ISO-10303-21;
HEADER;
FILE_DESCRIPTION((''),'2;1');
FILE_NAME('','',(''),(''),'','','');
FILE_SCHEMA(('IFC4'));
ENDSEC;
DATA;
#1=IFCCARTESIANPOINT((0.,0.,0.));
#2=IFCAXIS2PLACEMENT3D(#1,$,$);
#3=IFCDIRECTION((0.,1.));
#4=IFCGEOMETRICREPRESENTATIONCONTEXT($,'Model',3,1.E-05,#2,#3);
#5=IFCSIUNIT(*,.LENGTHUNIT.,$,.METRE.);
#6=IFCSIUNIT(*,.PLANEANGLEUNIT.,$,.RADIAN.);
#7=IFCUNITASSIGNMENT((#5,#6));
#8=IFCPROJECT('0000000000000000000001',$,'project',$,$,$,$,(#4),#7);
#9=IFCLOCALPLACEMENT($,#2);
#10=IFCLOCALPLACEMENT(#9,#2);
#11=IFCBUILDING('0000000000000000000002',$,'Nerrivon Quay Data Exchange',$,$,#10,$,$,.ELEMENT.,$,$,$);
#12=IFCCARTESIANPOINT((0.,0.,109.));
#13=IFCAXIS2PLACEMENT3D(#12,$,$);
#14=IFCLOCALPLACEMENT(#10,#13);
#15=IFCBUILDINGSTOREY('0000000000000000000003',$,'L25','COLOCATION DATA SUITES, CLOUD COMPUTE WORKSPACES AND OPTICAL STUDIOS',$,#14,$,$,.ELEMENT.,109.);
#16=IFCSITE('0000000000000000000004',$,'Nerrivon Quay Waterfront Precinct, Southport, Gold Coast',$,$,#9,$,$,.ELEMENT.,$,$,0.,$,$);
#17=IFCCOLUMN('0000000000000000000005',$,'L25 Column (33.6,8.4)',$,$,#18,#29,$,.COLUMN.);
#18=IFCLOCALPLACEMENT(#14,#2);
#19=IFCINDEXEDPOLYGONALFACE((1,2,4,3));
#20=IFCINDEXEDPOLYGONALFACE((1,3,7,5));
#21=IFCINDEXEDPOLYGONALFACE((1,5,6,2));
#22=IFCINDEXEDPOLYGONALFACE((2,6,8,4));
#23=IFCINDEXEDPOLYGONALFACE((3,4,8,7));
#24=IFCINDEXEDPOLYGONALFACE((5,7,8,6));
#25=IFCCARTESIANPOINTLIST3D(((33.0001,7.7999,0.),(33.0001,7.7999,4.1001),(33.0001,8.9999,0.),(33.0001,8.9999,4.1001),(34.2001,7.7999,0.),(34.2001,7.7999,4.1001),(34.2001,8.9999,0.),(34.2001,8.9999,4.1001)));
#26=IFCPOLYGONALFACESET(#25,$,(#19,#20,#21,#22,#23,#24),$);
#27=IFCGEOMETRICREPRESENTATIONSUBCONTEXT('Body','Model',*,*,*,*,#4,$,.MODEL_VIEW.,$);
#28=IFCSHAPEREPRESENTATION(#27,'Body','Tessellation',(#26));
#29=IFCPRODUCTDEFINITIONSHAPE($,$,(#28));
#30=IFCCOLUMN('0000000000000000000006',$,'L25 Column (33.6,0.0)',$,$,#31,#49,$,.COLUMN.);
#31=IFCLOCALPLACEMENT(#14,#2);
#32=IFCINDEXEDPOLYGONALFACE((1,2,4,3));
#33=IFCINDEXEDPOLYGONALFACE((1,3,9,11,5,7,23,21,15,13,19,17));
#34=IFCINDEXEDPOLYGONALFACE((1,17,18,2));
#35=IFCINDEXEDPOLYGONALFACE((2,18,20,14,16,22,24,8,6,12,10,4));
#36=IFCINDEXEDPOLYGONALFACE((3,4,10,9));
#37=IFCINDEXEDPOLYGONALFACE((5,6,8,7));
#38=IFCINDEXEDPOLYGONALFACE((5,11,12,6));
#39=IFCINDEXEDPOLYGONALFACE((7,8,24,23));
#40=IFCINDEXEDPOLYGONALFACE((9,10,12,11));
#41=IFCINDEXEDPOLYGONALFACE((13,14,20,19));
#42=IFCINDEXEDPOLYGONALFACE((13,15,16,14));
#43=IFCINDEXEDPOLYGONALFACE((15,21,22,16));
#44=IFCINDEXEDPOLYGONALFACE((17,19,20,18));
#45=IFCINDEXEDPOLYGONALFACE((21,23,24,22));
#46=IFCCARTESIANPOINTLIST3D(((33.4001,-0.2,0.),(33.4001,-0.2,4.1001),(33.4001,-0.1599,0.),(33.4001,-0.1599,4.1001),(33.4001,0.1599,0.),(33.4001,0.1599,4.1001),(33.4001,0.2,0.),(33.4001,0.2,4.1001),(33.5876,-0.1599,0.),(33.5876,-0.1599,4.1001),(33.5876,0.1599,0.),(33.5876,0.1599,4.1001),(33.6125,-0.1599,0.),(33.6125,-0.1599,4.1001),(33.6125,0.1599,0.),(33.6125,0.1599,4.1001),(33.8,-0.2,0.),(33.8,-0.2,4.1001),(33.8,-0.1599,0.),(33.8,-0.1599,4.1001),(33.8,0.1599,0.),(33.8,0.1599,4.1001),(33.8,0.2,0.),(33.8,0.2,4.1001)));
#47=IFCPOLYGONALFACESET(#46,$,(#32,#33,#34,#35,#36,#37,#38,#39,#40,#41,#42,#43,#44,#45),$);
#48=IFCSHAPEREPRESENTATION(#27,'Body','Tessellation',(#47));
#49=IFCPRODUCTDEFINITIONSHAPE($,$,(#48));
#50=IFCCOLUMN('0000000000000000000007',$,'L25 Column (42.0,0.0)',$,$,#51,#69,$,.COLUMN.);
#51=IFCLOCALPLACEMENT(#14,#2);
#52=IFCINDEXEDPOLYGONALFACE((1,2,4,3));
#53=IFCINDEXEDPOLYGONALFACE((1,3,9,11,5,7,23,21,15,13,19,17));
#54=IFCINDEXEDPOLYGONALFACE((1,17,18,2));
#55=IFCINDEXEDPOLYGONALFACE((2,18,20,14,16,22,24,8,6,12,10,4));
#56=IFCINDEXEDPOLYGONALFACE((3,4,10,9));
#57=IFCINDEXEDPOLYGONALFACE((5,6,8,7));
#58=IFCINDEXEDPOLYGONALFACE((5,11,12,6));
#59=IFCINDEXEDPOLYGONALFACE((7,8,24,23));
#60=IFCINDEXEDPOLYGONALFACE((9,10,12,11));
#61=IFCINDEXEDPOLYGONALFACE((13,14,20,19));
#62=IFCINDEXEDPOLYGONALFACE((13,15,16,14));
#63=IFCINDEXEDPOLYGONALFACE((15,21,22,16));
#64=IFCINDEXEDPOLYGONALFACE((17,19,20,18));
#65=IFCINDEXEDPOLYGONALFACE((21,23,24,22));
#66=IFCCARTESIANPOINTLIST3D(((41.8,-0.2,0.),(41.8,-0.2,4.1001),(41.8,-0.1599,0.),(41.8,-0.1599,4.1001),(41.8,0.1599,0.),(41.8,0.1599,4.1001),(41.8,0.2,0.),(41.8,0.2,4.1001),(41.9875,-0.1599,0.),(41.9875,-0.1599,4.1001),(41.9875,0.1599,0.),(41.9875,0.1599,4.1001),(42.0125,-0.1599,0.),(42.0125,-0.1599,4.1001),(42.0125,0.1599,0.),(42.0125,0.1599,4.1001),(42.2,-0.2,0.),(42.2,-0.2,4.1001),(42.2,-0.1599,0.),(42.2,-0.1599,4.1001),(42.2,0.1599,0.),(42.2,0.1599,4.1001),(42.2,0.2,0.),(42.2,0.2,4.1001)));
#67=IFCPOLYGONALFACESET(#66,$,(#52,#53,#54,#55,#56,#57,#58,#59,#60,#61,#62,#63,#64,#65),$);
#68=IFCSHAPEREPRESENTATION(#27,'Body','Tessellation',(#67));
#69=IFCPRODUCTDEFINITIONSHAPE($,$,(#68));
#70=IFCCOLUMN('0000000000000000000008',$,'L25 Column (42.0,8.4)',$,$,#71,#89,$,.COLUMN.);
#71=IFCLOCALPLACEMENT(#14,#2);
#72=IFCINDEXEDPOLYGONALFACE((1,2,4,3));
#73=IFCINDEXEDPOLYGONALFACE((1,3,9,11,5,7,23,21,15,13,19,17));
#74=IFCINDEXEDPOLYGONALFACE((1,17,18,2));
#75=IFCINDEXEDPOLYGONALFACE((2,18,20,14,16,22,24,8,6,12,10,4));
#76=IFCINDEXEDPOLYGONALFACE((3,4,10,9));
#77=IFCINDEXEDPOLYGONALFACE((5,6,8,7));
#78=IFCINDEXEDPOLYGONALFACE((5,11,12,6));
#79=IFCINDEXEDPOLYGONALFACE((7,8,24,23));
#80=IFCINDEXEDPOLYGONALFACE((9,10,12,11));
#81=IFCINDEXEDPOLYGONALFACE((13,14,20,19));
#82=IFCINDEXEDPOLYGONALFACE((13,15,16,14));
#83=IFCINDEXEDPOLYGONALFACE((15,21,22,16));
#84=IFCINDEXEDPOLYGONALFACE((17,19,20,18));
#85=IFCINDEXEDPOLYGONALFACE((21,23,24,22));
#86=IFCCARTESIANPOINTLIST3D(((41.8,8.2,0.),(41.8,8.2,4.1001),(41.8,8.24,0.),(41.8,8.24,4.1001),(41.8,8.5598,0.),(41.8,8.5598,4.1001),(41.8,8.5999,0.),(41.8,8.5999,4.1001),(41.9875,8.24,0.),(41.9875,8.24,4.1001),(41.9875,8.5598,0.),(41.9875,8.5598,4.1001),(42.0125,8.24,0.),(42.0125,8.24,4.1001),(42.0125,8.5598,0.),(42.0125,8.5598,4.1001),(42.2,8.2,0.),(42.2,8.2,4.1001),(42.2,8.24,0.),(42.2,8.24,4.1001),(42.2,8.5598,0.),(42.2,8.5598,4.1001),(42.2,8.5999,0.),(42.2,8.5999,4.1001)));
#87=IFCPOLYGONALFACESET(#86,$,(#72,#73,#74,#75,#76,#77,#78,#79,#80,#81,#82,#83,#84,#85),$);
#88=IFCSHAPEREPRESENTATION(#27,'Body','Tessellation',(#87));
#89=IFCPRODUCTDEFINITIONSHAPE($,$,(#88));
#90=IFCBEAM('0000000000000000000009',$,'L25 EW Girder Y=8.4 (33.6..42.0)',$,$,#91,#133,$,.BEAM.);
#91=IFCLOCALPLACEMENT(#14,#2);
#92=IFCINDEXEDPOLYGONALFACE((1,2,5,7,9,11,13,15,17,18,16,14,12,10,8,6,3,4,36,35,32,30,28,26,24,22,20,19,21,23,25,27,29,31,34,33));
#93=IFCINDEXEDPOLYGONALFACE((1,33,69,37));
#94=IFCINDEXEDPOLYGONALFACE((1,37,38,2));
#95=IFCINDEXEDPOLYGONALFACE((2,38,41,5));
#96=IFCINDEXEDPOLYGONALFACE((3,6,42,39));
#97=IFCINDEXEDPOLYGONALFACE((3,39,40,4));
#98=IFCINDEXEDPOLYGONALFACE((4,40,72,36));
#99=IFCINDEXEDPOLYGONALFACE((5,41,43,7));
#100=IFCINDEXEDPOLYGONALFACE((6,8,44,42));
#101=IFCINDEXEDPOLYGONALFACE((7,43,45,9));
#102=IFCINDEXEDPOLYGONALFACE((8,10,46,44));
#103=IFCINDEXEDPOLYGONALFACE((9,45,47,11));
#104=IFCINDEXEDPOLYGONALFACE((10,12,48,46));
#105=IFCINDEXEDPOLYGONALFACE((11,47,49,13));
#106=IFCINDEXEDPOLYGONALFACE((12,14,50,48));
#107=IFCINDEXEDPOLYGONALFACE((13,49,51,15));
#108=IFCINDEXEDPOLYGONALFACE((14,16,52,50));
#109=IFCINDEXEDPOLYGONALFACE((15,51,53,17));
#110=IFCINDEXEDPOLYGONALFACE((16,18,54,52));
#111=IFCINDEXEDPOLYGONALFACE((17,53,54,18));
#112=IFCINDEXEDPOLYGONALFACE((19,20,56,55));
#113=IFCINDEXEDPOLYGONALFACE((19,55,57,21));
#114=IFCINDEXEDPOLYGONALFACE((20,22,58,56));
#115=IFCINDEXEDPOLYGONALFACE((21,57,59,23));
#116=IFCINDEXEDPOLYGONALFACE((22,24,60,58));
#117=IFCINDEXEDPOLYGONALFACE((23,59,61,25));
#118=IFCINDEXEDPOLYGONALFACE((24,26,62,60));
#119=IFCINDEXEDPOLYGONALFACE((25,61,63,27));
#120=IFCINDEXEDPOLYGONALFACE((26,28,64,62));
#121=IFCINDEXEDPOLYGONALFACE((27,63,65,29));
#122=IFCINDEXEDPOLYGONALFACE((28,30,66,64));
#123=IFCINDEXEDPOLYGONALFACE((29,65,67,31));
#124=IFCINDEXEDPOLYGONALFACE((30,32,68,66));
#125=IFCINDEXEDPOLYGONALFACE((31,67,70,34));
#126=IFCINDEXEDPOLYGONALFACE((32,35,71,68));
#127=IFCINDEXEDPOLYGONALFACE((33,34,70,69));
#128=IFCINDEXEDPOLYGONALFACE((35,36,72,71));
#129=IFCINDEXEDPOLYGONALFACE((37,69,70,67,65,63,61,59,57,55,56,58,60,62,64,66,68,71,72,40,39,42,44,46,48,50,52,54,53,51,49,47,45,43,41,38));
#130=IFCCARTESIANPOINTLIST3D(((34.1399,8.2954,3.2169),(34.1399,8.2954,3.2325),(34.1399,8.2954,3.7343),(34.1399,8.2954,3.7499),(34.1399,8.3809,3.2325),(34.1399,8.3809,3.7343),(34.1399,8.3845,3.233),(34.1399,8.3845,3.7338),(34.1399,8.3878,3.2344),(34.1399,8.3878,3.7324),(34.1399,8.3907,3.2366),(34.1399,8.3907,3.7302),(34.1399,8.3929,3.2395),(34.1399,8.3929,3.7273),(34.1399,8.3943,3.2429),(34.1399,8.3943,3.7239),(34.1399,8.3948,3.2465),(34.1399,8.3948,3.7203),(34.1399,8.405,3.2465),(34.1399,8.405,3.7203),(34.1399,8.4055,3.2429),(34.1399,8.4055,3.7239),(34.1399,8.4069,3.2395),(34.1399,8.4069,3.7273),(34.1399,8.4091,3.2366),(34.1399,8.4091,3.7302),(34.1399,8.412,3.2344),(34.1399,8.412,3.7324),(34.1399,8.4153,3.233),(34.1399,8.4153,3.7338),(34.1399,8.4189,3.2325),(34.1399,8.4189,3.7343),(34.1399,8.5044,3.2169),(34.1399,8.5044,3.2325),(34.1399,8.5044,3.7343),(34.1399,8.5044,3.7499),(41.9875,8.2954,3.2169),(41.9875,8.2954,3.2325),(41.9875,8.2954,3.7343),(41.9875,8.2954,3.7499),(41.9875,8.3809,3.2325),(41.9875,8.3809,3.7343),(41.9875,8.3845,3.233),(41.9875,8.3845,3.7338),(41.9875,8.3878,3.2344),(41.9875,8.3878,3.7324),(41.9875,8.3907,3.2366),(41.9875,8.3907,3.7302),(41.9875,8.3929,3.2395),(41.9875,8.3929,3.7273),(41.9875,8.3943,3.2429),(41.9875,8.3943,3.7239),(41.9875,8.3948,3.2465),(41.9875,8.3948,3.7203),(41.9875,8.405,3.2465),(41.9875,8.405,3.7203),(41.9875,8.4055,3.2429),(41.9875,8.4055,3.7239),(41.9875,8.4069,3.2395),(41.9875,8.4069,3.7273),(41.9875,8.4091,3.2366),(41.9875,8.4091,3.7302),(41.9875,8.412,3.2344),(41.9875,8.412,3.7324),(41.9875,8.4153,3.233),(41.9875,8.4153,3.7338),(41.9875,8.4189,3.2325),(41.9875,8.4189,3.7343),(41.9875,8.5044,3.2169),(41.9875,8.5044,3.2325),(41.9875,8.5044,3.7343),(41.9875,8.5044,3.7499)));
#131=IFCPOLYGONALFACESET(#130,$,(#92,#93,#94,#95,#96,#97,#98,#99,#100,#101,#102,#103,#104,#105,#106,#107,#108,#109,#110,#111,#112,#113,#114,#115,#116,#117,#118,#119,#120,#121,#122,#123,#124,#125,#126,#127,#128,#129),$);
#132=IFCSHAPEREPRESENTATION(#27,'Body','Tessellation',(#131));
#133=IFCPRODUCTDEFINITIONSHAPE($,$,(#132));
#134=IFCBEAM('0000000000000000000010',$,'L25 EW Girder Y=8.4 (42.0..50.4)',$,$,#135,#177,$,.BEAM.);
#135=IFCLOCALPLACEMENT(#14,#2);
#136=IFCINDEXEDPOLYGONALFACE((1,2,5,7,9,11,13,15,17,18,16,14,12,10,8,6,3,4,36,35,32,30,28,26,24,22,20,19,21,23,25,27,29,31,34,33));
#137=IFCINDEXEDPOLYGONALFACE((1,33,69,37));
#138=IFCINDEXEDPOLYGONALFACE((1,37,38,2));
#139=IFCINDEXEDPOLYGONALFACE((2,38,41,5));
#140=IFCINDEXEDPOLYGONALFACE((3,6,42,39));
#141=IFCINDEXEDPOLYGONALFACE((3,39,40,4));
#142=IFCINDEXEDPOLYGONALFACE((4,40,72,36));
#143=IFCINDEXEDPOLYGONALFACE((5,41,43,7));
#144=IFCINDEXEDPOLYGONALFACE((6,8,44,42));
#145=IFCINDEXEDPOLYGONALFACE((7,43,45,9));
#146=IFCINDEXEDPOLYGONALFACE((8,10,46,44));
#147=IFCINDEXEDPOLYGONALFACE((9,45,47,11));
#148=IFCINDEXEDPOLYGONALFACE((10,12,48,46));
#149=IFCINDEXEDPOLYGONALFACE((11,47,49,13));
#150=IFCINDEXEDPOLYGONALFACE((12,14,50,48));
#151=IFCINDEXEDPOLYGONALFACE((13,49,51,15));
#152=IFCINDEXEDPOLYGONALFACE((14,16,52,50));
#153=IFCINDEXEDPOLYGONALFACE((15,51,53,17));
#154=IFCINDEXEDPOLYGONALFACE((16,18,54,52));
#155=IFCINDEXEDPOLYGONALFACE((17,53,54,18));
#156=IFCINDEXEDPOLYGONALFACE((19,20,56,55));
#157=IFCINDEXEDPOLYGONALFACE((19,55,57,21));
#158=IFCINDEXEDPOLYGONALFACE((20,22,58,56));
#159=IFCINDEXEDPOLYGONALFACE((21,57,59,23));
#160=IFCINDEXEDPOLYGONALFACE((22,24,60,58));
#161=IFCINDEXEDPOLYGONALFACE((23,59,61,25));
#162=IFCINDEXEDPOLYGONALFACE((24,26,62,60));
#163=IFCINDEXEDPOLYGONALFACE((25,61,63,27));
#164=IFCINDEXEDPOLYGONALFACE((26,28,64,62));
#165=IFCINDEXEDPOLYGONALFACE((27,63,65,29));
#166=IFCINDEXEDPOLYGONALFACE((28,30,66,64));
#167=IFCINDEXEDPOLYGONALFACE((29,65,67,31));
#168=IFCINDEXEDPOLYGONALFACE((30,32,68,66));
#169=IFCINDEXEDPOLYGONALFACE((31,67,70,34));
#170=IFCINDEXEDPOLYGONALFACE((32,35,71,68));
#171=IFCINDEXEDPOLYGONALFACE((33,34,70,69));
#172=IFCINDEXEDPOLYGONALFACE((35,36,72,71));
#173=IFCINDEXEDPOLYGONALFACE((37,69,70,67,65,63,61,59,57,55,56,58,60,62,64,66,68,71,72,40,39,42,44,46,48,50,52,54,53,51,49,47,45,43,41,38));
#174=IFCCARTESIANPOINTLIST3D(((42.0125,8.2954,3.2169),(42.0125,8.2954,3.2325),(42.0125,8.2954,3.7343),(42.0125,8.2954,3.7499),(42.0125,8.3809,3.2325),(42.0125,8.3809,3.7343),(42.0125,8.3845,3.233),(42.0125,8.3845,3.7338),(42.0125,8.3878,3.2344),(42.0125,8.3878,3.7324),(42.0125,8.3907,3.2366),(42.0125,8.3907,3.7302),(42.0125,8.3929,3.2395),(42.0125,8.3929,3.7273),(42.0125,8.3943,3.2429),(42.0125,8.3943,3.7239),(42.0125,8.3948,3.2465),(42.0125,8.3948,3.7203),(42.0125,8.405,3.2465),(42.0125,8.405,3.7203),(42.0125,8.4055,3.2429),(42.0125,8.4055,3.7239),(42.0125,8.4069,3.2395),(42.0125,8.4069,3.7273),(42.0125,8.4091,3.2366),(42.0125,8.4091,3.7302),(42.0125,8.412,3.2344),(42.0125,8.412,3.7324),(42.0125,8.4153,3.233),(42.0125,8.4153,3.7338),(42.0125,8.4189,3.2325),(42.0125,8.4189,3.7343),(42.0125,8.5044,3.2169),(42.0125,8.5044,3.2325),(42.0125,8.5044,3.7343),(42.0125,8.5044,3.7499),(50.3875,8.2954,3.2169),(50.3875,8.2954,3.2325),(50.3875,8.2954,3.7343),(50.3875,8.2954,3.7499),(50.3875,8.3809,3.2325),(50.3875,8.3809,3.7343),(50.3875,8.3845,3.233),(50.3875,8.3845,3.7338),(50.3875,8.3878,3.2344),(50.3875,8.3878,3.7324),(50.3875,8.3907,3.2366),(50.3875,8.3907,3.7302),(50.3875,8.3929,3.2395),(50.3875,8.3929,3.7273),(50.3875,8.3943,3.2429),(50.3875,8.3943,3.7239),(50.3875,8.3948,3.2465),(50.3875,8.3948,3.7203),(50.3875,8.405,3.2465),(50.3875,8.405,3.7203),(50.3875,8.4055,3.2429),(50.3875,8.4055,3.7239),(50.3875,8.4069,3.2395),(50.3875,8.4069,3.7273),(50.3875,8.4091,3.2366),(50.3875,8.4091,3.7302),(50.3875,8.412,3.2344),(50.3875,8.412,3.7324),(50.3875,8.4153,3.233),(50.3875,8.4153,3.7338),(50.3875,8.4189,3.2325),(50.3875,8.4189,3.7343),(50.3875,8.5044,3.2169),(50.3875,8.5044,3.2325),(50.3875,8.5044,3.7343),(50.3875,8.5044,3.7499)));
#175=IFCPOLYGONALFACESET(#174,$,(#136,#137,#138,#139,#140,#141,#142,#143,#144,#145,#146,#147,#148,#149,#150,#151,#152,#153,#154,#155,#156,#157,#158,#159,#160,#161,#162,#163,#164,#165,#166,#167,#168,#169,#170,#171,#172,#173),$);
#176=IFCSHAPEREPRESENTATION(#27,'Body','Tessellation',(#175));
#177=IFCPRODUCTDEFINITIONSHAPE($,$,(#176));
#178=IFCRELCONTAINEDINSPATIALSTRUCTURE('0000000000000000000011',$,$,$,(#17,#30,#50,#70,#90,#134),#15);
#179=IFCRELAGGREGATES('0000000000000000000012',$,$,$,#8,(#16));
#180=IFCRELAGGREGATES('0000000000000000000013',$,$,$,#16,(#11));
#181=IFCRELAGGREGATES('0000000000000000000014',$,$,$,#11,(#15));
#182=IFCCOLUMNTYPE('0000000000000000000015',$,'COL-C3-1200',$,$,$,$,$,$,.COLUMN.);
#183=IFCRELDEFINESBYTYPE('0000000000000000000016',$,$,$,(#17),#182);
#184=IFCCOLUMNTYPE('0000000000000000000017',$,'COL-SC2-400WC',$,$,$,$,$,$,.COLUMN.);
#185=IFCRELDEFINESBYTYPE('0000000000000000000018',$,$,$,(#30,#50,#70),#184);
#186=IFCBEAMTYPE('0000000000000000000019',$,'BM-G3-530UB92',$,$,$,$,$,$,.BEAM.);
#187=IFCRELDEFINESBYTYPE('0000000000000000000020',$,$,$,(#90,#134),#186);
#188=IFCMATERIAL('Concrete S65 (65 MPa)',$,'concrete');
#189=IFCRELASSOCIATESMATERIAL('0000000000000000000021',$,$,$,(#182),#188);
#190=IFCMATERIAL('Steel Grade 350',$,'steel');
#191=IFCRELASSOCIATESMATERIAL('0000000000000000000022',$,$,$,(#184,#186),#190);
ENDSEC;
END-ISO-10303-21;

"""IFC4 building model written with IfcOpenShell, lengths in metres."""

from ifc_helpers import new_model, si_unit, direction, frame, origin, origin_2d, place, context, subcontext, project, spatial, rectangle, i_section, extrude, material, material_profile, profile_set, type_object, element, save


model = new_model("IFC4")

# Units and contexts
model_context = context("Model", 3, precision=1e-05, world=origin(), true_north=direction((0.0, 1.0)))
body_context = subcontext(model_context, "Body", "Model", "MODEL_VIEW")
ifc_project = project(units=[si_unit("LENGTHUNIT", "METRE"), si_unit("PLANEANGLEUNIT", "RADIAN")], contexts=[model_context])

# Site, building, storey
site_placement = place(None, origin())
site = spatial("IfcSite", under=ifc_project, at=site_placement, Name="Nerrivon Quay Waterfront Precinct, Southport, Gold Coast", CompositionType="ELEMENT", RefElevation=0.0)
building_placement = place(site_placement, origin())
building = spatial("IfcBuilding", under=site, at=building_placement, Name="Nerrivon Quay Data Exchange", CompositionType="ELEMENT")
storey_placement = place(building_placement, frame((0.0, 0.0, 109.0)))
storey = spatial("IfcBuildingStorey", under=building, at=storey_placement, Name="L25", Description="COLOCATION DATA SUITES, CLOUD COMPUTE WORKSPACES AND OPTICAL STUDIOS", CompositionType="ELEMENT", Elevation=109.0)

# Columns
ifc_material_1 = material(Name="Concrete S65 (65 MPa)", Category="concrete")
ifc_material_profile_1 = material_profile(ifc_material_1, rectangle(XDim=1.2, YDim=1.2, at=origin_2d()), Name="RC-COL-1200x1200")
ifc_profile_set_1 = profile_set([ifc_material_profile_1], Name="Concrete S65 (65 MPa)")
column_type_1 = type_object("IfcColumnType", Name="COL-C3-1200", PredefinedType="COLUMN", material=ifc_profile_set_1)
column_placement = place(storey_placement, frame((33.6001, 8.3999, 0.0), z_axis=(0.0, 0.0, 1.0), x_axis=(1.0, 0.0, 0.0)))
element("IfcColumn", 1, at=column_placement, inside=storey, type_object=column_type_1, Name="L25 Column (33.6,8.4)", PredefinedType="COLUMN", context=body_context, shape_type="SweptSolid", body=[
    extrude(rectangle(XDim=1.2, YDim=1.2, at=origin_2d()), origin(), (0.0, 0.0, 1.0), 4.1001),
])
ifc_material_2 = material(Name="Steel Grade 350", Category="steel")
ifc_material_profile_2 = material_profile(ifc_material_2, i_section(OverallWidth=0.3999, OverallDepth=0.3999, WebThickness=0.0249, FlangeThickness=0.04, at=origin_2d()), Name="400WC328")
ifc_profile_set_2 = profile_set([ifc_material_profile_2], Name="Steel Grade 350")
column_type_2 = type_object("IfcColumnType", Name="COL-SC2-400WC", PredefinedType="COLUMN", material=ifc_profile_set_2)
for number, where, z_axis, x_axis, name in (
    (2, (33.6001, 0.0, 0.0), (0.0, 0.0, 1.0), (1.0, 0.0, 0.0), "L25 Column (33.6,0.0)"),
    (3, (42.0, 0.0, 0.0), (0.0, 0.0, 1.0), (1.0, 0.0, 0.0), "L25 Column (42.0,0.0)"),
    (4, (42.0, 8.3999, 0.0), (0.0, 0.0, 1.0), (1.0, 0.0, 0.0), "L25 Column (42.0,8.4)"),
):
    element("IfcColumn", number, at=place(storey_placement, frame(where, z_axis=z_axis, x_axis=x_axis)), inside=storey, type_object=column_type_2, Name=name, PredefinedType="COLUMN", context=body_context, shape_type="SweptSolid", body=[
        extrude(i_section(OverallWidth=0.3999, OverallDepth=0.3999, WebThickness=0.0249, FlangeThickness=0.04, at=origin_2d()), origin(), (0.0, 0.0, 1.0), 4.1001),
    ])

# Beams
ifc_material_profile_3 = material_profile(ifc_material_2, i_section(OverallWidth=0.209, OverallDepth=0.533, WebThickness=0.0103, FlangeThickness=0.0156, FilletRadius=0.0139, at=origin_2d()), Name="530UB92.4")
ifc_profile_set_3 = profile_set([ifc_material_profile_3], Name="Steel Grade 350")
beam_type_1 = type_object("IfcBeamType", Name="BM-G3-530UB92", PredefinedType="BEAM", material=ifc_profile_set_3)
beam_1_placement = place(storey_placement, frame((34.1399, 8.3999, 3.4834), z_axis=(1.0, 0.0, 0.0), x_axis=(0.0, 1.0, 0.0)))
element("IfcBeam", 5, at=beam_1_placement, inside=storey, type_object=beam_type_1, Name="L25 EW Girder Y=8.4 (33.6..42.0)", PredefinedType="BEAM", context=body_context, shape_type="SweptSolid", body=[
    extrude(i_section(OverallWidth=0.209, OverallDepth=0.533, WebThickness=0.0103, FlangeThickness=0.0156, FilletRadius=0.0139, at=origin_2d()), origin(), (0.0, 0.0, 1.0), 7.8477),
])
beam_2_placement = place(storey_placement, frame((42.0125, 8.3999, 3.4834), z_axis=(1.0, 0.0, 0.0), x_axis=(0.0, 1.0, 0.0)))
element("IfcBeam", 6, at=beam_2_placement, inside=storey, type_object=beam_type_1, Name="L25 EW Girder Y=8.4 (42.0..50.4)", PredefinedType="BEAM", context=body_context, shape_type="SweptSolid", body=[
    extrude(i_section(OverallWidth=0.209, OverallDepth=0.533, WebThickness=0.0103, FlangeThickness=0.0156, FilletRadius=0.0139, at=origin_2d()), origin(), (0.0, 0.0, 1.0), 8.375),
])

save(model, "model.ifc")
